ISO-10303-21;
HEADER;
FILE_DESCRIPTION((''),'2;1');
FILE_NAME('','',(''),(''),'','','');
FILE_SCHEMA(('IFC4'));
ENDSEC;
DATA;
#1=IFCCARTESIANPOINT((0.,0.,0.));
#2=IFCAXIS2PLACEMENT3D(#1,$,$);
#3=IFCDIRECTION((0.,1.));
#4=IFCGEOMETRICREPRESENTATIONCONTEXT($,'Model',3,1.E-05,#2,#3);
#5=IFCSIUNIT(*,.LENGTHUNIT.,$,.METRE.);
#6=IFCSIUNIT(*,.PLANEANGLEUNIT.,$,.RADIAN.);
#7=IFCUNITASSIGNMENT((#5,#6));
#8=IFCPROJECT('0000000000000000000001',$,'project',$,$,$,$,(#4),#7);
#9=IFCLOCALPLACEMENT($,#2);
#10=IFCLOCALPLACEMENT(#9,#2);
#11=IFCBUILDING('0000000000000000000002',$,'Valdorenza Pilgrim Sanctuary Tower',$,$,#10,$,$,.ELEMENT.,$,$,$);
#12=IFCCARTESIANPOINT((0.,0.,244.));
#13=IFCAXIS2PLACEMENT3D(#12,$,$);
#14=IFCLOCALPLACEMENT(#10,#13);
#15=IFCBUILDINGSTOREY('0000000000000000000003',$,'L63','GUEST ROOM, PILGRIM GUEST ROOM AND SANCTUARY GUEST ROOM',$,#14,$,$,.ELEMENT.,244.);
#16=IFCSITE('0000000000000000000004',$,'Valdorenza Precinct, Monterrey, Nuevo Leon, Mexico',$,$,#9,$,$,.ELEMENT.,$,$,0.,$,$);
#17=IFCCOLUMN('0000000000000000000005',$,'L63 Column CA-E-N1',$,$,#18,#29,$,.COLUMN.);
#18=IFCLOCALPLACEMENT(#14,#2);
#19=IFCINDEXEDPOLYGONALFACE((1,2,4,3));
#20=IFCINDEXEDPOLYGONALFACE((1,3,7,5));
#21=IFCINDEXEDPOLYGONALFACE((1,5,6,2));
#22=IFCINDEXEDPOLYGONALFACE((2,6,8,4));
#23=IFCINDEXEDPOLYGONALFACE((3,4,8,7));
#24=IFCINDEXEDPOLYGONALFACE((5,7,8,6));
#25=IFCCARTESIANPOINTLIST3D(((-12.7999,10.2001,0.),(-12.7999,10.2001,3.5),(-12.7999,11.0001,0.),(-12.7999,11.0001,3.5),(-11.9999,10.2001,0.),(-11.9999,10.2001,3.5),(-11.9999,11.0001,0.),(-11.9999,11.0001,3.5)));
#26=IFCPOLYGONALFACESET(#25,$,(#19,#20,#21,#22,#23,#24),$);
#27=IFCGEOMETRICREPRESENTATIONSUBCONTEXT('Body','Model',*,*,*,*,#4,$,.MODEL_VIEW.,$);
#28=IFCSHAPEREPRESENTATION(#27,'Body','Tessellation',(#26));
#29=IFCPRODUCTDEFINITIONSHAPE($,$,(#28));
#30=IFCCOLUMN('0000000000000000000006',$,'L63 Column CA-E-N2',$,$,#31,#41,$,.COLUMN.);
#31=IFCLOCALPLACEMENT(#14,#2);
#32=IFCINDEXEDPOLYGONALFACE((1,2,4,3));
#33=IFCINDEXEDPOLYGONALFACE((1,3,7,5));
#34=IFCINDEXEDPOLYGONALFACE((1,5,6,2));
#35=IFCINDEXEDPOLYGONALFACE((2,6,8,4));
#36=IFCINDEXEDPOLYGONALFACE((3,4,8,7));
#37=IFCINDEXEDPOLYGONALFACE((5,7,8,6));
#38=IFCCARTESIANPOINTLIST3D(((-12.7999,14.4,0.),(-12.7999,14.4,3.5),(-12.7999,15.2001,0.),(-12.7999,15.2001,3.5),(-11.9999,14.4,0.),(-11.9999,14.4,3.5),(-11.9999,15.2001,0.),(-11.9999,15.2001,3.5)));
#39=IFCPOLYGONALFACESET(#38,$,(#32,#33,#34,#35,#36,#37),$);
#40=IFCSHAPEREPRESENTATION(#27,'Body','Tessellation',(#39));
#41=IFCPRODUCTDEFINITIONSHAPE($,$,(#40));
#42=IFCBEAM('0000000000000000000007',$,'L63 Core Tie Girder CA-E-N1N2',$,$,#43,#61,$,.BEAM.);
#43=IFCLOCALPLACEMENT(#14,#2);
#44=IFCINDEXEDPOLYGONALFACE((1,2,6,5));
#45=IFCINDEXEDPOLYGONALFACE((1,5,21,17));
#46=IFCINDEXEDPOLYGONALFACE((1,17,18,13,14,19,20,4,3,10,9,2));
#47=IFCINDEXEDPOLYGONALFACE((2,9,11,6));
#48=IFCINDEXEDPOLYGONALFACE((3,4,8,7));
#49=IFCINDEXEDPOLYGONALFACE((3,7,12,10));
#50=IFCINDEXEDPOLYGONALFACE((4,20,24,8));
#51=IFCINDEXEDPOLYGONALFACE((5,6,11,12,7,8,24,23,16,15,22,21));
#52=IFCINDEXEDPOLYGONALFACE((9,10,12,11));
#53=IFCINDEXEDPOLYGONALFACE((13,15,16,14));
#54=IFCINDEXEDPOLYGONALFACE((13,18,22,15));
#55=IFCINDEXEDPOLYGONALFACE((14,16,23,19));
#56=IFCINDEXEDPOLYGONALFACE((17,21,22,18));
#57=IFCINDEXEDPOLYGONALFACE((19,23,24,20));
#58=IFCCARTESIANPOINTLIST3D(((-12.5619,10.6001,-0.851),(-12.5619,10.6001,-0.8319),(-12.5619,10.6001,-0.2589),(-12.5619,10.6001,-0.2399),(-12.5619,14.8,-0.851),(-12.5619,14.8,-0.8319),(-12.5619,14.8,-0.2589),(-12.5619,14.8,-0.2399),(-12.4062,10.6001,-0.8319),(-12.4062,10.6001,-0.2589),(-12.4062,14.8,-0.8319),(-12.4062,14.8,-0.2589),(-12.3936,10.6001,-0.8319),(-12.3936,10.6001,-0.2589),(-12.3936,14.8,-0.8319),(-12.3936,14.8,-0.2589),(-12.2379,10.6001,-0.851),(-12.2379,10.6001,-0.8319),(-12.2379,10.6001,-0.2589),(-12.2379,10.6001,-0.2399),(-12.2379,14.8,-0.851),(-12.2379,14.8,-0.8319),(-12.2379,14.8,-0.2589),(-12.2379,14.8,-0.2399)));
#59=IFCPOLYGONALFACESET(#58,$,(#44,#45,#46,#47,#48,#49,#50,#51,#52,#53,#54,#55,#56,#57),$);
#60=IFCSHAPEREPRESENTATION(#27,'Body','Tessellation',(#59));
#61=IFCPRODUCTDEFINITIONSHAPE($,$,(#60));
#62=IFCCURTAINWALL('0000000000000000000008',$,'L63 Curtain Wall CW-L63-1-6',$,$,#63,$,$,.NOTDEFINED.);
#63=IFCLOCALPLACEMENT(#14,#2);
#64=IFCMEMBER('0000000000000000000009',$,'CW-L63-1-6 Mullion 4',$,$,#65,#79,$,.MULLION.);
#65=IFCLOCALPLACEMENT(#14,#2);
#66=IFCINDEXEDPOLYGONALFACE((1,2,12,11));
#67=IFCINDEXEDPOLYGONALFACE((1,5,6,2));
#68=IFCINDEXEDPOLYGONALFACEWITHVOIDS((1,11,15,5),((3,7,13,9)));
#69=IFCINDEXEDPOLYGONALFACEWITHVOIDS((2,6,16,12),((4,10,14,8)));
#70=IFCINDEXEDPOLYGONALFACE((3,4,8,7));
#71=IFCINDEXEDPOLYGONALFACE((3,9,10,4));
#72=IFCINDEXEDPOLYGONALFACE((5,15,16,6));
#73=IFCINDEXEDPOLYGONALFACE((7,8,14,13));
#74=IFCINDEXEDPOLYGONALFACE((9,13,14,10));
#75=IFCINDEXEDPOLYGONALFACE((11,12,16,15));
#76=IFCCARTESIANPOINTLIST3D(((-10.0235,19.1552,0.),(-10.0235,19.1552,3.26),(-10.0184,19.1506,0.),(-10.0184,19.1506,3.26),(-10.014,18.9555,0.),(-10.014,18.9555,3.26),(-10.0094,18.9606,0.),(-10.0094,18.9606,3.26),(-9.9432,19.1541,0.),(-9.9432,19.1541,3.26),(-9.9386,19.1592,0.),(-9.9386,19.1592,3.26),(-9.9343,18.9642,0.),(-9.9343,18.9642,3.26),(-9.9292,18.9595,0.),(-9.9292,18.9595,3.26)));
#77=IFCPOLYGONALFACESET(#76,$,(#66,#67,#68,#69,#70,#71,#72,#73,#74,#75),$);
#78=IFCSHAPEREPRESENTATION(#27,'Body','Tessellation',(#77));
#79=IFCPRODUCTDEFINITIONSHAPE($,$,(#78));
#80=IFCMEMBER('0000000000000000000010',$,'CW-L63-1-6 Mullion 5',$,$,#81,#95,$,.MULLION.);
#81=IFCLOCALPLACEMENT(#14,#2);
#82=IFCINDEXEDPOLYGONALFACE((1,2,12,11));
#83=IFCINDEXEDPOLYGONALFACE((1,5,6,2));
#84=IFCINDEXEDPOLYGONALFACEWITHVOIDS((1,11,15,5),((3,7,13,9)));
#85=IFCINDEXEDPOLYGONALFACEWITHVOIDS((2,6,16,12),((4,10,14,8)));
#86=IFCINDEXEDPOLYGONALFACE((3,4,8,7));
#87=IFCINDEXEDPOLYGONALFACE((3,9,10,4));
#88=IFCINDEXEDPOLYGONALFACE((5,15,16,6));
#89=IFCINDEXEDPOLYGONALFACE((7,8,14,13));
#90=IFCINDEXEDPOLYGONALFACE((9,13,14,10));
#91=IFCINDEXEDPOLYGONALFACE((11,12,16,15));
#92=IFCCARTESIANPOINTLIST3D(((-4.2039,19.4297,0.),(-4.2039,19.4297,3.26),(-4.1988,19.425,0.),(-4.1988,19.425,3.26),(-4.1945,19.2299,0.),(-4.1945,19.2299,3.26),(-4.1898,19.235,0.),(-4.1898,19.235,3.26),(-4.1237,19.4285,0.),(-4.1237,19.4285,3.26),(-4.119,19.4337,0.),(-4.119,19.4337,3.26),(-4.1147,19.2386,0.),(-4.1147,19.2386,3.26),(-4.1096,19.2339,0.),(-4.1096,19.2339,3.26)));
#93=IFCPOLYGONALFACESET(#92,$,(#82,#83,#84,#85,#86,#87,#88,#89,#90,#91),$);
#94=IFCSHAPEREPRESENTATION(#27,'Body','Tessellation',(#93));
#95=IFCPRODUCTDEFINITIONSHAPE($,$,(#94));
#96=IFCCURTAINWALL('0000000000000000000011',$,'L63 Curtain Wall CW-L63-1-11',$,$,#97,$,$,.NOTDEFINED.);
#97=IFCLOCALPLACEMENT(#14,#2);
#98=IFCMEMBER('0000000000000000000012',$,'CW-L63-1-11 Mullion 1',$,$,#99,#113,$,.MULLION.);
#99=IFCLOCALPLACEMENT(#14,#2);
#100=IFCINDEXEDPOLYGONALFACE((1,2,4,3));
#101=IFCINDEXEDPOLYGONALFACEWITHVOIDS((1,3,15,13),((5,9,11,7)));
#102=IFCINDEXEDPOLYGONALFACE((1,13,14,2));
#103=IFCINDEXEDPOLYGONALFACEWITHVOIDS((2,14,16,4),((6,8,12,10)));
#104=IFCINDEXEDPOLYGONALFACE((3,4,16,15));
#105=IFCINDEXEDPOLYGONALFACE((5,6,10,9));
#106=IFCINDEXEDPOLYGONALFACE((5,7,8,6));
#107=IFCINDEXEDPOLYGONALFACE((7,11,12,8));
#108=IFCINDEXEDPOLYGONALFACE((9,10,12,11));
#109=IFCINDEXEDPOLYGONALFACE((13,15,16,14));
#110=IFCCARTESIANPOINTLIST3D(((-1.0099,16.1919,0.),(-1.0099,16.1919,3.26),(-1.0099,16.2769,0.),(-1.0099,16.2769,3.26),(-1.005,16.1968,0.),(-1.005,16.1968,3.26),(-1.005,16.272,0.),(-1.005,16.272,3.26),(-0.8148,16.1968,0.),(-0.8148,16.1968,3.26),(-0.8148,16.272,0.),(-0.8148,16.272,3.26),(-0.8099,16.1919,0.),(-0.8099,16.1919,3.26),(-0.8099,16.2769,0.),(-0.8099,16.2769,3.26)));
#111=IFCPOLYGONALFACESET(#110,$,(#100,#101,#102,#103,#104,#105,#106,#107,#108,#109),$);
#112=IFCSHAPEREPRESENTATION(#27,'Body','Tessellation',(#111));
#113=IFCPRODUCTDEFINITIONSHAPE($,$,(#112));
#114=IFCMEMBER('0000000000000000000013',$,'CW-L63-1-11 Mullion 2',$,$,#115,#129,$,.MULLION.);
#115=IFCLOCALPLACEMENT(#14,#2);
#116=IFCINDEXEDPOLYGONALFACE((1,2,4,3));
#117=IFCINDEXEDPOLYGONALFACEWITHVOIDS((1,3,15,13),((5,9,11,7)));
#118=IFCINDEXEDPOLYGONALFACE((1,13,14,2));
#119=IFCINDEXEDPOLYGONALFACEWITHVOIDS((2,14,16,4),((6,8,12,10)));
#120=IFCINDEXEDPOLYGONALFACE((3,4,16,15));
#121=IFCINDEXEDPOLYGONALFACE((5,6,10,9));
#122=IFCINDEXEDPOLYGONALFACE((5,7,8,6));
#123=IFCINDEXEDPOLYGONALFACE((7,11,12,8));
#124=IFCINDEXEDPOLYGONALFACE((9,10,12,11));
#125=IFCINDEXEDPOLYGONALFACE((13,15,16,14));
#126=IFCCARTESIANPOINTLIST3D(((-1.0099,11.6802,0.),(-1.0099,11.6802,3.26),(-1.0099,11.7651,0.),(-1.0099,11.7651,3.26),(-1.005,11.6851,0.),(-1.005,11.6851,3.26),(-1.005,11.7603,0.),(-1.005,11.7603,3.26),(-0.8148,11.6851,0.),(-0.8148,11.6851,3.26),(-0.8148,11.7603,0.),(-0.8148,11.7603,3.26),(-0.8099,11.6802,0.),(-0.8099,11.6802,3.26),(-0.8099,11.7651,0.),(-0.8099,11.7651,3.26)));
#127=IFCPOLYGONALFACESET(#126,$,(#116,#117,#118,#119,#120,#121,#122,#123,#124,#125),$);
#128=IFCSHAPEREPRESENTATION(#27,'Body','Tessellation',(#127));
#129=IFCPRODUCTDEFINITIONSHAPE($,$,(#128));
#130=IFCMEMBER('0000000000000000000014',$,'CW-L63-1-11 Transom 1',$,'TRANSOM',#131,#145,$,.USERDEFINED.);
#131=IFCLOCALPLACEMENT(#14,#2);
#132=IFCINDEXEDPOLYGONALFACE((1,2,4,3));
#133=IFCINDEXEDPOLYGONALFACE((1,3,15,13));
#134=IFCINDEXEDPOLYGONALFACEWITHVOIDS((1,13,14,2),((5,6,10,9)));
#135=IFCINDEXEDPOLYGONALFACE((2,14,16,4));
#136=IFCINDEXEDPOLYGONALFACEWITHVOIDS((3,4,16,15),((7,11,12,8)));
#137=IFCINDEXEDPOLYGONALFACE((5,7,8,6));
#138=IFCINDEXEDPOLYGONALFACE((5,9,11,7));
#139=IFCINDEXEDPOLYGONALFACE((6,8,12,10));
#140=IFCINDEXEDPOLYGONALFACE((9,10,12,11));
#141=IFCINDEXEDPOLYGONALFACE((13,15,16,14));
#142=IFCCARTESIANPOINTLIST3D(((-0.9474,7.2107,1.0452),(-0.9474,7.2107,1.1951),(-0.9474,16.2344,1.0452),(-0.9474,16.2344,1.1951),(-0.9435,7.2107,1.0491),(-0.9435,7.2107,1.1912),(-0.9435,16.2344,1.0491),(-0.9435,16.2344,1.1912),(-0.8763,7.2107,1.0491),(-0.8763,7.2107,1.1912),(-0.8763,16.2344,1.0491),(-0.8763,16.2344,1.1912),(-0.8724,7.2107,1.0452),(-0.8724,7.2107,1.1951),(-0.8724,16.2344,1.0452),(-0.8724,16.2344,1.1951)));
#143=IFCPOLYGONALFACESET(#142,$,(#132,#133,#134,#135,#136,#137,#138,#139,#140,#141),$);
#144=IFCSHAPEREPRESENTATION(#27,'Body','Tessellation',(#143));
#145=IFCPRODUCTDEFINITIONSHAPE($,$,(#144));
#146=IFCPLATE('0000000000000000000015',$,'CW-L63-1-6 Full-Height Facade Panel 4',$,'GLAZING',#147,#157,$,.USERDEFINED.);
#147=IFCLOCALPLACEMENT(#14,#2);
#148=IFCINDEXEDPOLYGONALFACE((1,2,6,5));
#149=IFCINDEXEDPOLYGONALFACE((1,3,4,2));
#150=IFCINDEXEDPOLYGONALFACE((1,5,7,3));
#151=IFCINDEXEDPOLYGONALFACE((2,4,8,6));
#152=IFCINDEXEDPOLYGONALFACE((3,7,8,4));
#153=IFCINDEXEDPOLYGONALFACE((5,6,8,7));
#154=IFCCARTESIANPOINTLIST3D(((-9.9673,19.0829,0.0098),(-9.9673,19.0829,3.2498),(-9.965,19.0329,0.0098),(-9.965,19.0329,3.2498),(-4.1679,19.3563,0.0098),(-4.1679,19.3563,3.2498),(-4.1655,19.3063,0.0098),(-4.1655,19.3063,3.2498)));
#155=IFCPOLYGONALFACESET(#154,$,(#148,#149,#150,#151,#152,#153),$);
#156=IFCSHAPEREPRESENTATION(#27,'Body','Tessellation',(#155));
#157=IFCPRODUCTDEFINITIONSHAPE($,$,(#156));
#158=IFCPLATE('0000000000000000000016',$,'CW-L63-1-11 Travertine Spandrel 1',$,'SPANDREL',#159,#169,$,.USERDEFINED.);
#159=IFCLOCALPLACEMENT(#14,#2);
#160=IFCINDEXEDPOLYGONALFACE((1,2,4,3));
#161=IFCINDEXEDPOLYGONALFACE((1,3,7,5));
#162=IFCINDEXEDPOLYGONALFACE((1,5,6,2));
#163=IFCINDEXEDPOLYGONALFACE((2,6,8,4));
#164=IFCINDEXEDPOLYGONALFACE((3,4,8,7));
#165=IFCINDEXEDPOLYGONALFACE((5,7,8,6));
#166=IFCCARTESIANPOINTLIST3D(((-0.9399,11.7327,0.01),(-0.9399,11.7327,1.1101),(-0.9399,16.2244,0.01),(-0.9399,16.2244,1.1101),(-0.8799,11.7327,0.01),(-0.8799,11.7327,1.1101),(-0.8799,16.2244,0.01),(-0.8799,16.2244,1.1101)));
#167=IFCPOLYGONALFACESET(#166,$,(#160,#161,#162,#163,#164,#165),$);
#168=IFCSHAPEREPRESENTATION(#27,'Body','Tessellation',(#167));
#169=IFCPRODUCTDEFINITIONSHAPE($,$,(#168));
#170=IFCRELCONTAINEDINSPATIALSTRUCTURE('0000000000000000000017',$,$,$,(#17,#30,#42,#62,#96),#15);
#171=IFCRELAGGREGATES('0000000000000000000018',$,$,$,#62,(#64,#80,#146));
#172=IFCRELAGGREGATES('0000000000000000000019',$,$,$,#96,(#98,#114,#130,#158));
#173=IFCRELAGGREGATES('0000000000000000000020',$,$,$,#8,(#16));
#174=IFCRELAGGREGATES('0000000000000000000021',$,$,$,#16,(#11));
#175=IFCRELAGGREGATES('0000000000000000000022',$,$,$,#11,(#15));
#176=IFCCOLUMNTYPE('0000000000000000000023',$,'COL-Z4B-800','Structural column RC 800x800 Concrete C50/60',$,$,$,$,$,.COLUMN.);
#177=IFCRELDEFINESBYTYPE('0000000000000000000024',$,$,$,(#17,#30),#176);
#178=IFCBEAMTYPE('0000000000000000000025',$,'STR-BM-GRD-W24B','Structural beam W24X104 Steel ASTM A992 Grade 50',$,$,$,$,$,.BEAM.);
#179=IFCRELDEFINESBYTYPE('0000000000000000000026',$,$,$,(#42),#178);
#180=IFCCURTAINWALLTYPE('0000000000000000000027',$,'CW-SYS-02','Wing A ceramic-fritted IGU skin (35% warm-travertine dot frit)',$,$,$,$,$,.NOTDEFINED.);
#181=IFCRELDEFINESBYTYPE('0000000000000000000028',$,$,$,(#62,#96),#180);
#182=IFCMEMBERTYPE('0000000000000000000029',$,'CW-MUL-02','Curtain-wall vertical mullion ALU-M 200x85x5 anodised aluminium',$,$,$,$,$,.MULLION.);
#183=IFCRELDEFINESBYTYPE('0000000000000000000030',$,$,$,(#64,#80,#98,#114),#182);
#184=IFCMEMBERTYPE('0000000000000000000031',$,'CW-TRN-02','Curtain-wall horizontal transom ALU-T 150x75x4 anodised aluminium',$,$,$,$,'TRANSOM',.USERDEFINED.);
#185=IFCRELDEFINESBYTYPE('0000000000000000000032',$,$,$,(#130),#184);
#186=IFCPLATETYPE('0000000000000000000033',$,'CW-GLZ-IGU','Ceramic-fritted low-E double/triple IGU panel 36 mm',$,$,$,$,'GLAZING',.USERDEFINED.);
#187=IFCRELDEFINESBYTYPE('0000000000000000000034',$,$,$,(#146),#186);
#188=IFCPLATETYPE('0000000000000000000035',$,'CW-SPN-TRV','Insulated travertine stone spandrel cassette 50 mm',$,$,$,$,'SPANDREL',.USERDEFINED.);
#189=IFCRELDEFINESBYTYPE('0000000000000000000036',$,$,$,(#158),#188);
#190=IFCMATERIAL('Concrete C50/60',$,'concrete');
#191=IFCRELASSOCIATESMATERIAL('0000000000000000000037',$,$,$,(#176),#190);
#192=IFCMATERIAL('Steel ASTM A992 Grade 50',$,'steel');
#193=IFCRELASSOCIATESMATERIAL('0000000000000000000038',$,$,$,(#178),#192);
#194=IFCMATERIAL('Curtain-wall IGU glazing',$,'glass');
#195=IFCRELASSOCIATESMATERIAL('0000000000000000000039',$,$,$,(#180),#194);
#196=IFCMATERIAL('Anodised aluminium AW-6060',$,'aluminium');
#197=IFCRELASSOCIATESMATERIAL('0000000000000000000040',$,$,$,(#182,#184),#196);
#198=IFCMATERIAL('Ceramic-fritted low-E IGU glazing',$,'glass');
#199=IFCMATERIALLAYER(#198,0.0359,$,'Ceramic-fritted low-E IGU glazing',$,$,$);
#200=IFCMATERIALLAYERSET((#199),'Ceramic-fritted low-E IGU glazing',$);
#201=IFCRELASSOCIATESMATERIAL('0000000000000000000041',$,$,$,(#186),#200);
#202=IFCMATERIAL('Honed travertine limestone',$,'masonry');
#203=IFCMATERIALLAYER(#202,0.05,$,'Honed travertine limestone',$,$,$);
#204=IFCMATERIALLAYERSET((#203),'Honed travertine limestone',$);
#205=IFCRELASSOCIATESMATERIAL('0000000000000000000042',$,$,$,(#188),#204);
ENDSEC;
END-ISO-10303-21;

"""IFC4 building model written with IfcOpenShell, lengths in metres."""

from ifc_helpers import new_model, si_unit, direction, frame, origin, origin_2d, place, context, subcontext, project, spatial, rectangle, hollow_rectangle, i_section, extrude, source, transform, mapped, material, layer, layer_set, material_profile, profile_set, type_object, element, aggregate, save


model = new_model("IFC4")

# Units and contexts
model_context = context("Model", 3, precision=1e-05, world=origin(), true_north=direction((0.0, 1.0)))
body_context = subcontext(model_context, "Body", "Model", "MODEL_VIEW")
ifc_project = project(units=[si_unit("LENGTHUNIT", "METRE"), si_unit("PLANEANGLEUNIT", "RADIAN")], contexts=[model_context])

# Site, building, storey
site_placement = place(None, origin())
site = spatial("IfcSite", under=ifc_project, at=site_placement, Name="Valdorenza Precinct, Monterrey, Nuevo Leon, Mexico", CompositionType="ELEMENT", RefElevation=0.0)
building_placement = place(site_placement, origin())
building = spatial("IfcBuilding", under=site, at=building_placement, Name="Valdorenza Pilgrim Sanctuary Tower", CompositionType="ELEMENT")
storey_placement = place(building_placement, frame((0.0, 0.0, 244.0)))
storey = spatial("IfcBuildingStorey", under=building, at=storey_placement, Name="L63", Description="GUEST ROOM, PILGRIM GUEST ROOM AND SANCTUARY GUEST ROOM", CompositionType="ELEMENT", Elevation=244.0)

# Columns
ifc_material_1 = material(Name="Concrete C50/60", Category="concrete")
ifc_material_profile_1 = material_profile(ifc_material_1, rectangle(XDim=0.8, YDim=0.8, at=origin_2d()), Name="RC 800x800")
ifc_profile_set_1 = profile_set([ifc_material_profile_1], Name="Concrete C50/60")
column_type = type_object("IfcColumnType", Name="COL-Z4B-800", Description="Structural column RC 800x800 Concrete C50/60", PredefinedType="COLUMN", material=ifc_profile_set_1)
shared_shape_1 = source(origin(), body_context, "Body", "SweptSolid", [
    extrude(rectangle(XDim=0.8, YDim=0.8, at=origin_2d()), origin(), (0.0, 0.0, 1.0), 3.5),
])
for number, where, z_axis, x_axis, name in (
    (1, (-12.3999, 10.6001, 0.0), (0.0, 0.0, 1.0), (1.0, 0.0, 0.0), "L63 Column CA-E-N1"),
    (2, (-12.3999, 14.8, 0.0), (0.0, 0.0, 1.0), (1.0, 0.0, 0.0), "L63 Column CA-E-N2"),
):
    element("IfcColumn", number, at=place(storey_placement, frame(where, z_axis=z_axis, x_axis=x_axis)), inside=storey, type_object=column_type, Name=name, PredefinedType="COLUMN", context=body_context, shape_type="MappedRepresentation", body=[
        mapped(shared_shape_1, transform((0.0, 0.0, 0.0), x_axis=(1.0, 0.0, 0.0), y_axis=(0.0, 1.0, 0.0), z_axis=(0.0, 0.0, 1.0), scale=1.0)),
    ])

# Beam
ifc_material_2 = material(Name="Steel ASTM A992 Grade 50", Category="steel")
ifc_material_profile_2 = material_profile(ifc_material_2, i_section(OverallWidth=0.324, OverallDepth=0.6111, WebThickness=0.0127, FlangeThickness=0.019, at=origin_2d()), Name="W24X104")
ifc_profile_set_2 = profile_set([ifc_material_profile_2], Name="Steel ASTM A992 Grade 50")
beam_type = type_object("IfcBeamType", Name="STR-BM-GRD-W24B", Description="Structural beam W24X104 Steel ASTM A992 Grade 50", PredefinedType="BEAM", material=ifc_profile_set_2)
shared_shape_2 = source(origin(), body_context, "Body", "SweptSolid", [
    extrude(i_section(OverallWidth=0.324, OverallDepth=0.6111, WebThickness=0.0127, FlangeThickness=0.019, at=origin_2d()), origin(), (0.0, 0.0, 1.0), 4.2),
])
beam_placement = place(storey_placement, frame((-12.3999, 10.6001, -0.5454), z_axis=(0.0, 1.0, 0.0), x_axis=(-1.0, 0.0, 0.0)))
element("IfcBeam", 3, at=beam_placement, inside=storey, type_object=beam_type, Name="L63 Core Tie Girder CA-E-N1N2", PredefinedType="BEAM", context=body_context, shape_type="MappedRepresentation", body=[
    mapped(shared_shape_2, transform((0.0, 0.0, 0.0), x_axis=(1.0, 0.0, 0.0), y_axis=(0.0, 1.0, 0.0), z_axis=(0.0, 0.0, 1.0), scale=1.0)),
])

# Curtain walls, members
ifc_material_3 = material(Name="Curtain-wall IGU glazing", Category="glass")
curtain_wall_type = type_object("IfcCurtainWallType", Name="CW-SYS-02", Description="Wing A ceramic-fritted IGU skin (35% warm-travertine dot frit)", PredefinedType="NOTDEFINED", material=ifc_material_3)
curtain_wall_1_placement = place(storey_placement, origin())
curtain_wall_1 = element("IfcCurtainWall", 4, at=curtain_wall_1_placement, inside=storey, type_object=curtain_wall_type, Name="L63 Curtain Wall CW-L63-1-6", PredefinedType="NOTDEFINED")
ifc_material_4 = material(Name="Anodised aluminium AW-6060", Category="aluminium")
ifc_material_profile_3 = material_profile(ifc_material_4, hollow_rectangle(XDim=0.085, YDim=0.2, WallThickness=0.0049, at=origin_2d()), Name="ALU-M 200x85x5")
ifc_profile_set_3 = profile_set([ifc_material_profile_3], Name="Anodised aluminium AW-6060")
member_type_1 = type_object("IfcMemberType", Name="CW-MUL-02", Description="Curtain-wall vertical mullion ALU-M 200x85x5 anodised aluminium", PredefinedType="MULLION", material=ifc_profile_set_3)
shared_shape_3 = source(origin(), body_context, "Body", "SweptSolid", [
    extrude(hollow_rectangle(XDim=0.085, YDim=0.2, WallThickness=0.0049, at=origin_2d()), origin(), (0.0, 0.0, 1.0), 3.26),
])
member_1_placement = place(storey_placement, frame((-9.9763, 19.0574, 0.0), z_axis=(0.0, 0.0, 1.0), x_axis=(0.998891, 0.047089, 0.0)))
member_1 = element("IfcMember", 5, at=member_1_placement, type_object=member_type_1, Name="CW-L63-1-6 Mullion 4", PredefinedType="MULLION", context=body_context, shape_type="MappedRepresentation", body=[
    mapped(shared_shape_3, transform((0.0, 0.0, 0.0), x_axis=(1.0, 0.0, 0.0), y_axis=(0.0, 1.0, 0.0), z_axis=(0.0, 0.0, 1.0), scale=1.0)),
])
member_2_placement = place(storey_placement, frame((-4.1567, 19.3318, 0.0), z_axis=(0.0, 0.0, 1.0), x_axis=(0.998891, 0.047089, 0.0)))
member_2 = element("IfcMember", 6, at=member_2_placement, type_object=member_type_1, Name="CW-L63-1-6 Mullion 5", PredefinedType="MULLION", context=body_context, shape_type="MappedRepresentation", body=[
    mapped(shared_shape_3, transform((0.0, 0.0, 0.0), x_axis=(1.0, 0.0, 0.0), y_axis=(0.0, 1.0, 0.0), z_axis=(0.0, 0.0, 1.0), scale=1.0)),
])
curtain_wall_2_placement = place(storey_placement, origin())
curtain_wall_2 = element("IfcCurtainWall", 7, at=curtain_wall_2_placement, inside=storey, type_object=curtain_wall_type, Name="L63 Curtain Wall CW-L63-1-11", PredefinedType="NOTDEFINED")
member_3_placement = place(storey_placement, frame((-0.9099, 16.2344, 0.0), z_axis=(0.0, 0.0, 1.0), x_axis=(0.0, -1.0, 0.0)))
member_3 = element("IfcMember", 8, at=member_3_placement, type_object=member_type_1, Name="CW-L63-1-11 Mullion 1", PredefinedType="MULLION", context=body_context, shape_type="MappedRepresentation", body=[
    mapped(shared_shape_3, transform((0.0, 0.0, 0.0), x_axis=(1.0, 0.0, 0.0), y_axis=(0.0, 1.0, 0.0), z_axis=(0.0, 0.0, 1.0), scale=1.0)),
])
member_4_placement = place(storey_placement, frame((-0.9099, 11.7227, 0.0), z_axis=(0.0, 0.0, 1.0), x_axis=(0.0, -1.0, 0.0)))
member_4 = element("IfcMember", 9, at=member_4_placement, type_object=member_type_1, Name="CW-L63-1-11 Mullion 2", PredefinedType="MULLION", context=body_context, shape_type="MappedRepresentation", body=[
    mapped(shared_shape_3, transform((0.0, 0.0, 0.0), x_axis=(1.0, 0.0, 0.0), y_axis=(0.0, 1.0, 0.0), z_axis=(0.0, 0.0, 1.0), scale=1.0)),
])
ifc_material_profile_4 = material_profile(ifc_material_4, hollow_rectangle(XDim=0.075, YDim=0.1499, WallThickness=0.0039, at=origin_2d()), Name="ALU-T 150x75x4")
ifc_profile_set_4 = profile_set([ifc_material_profile_4], Name="Anodised aluminium AW-6060")
member_type_2 = type_object("IfcMemberType", Name="CW-TRN-02", Description="Curtain-wall horizontal transom ALU-T 150x75x4 anodised aluminium", ElementType="TRANSOM", PredefinedType="USERDEFINED", material=ifc_profile_set_4)
shared_shape_4 = source(origin(), body_context, "Body", "SweptSolid", [
    extrude(hollow_rectangle(XDim=0.075, YDim=0.1499, WallThickness=0.0039, at=origin_2d()), origin(), (0.0, 0.0, 1.0), 9.0237),
])
member_5_placement = place(storey_placement, frame((-0.9099, 16.2344, 1.1201), z_axis=(0.0, -1.0, 0.0), x_axis=(1.0, 0.0, 0.0)))
member_5 = element("IfcMember", 10, at=member_5_placement, type_object=member_type_2, Name="CW-L63-1-11 Transom 1", ObjectType="TRANSOM", PredefinedType="USERDEFINED", context=body_context, shape_type="MappedRepresentation", body=[
    mapped(shared_shape_4, transform((0.0, 0.0, 0.0), x_axis=(1.0, 0.0, 0.0), y_axis=(0.0, 1.0, 0.0), z_axis=(0.0, 0.0, 1.0), scale=1.0)),
])

# Plates
ifc_material_5 = material(Name="Ceramic-fritted low-E IGU glazing", Category="glass")
ifc_layer_1 = layer(ifc_material_5, 0.0359, Name="Ceramic-fritted low-E IGU glazing")
ifc_layer_set_1 = layer_set([ifc_layer_1], Name="Ceramic-fritted low-E IGU glazing")
plate_type_1 = type_object("IfcPlateType", Name="CW-GLZ-IGU", Description="Ceramic-fritted low-E double/triple IGU panel 36 mm", ElementType="GLAZING", PredefinedType="USERDEFINED", material=ifc_layer_set_1)
shared_shape_5 = source(origin(), body_context, "Body", "SweptSolid", [
    extrude(rectangle(XDim=5.8059, YDim=0.05, at=origin_2d()), origin(), (0.0, 0.0, 1.0), 3.24),
])
plate_1_placement = place(storey_placement, frame((-7.0664, 19.1946, 0.0098), z_axis=(0.0, 0.0, 1.0), x_axis=(0.998891, 0.047089, 0.0)))
plate_1 = element("IfcPlate", 11, at=plate_1_placement, type_object=plate_type_1, Name="CW-L63-1-6 Full-Height Facade Panel 4", ObjectType="GLAZING", PredefinedType="USERDEFINED", context=body_context, shape_type="MappedRepresentation", body=[
    mapped(shared_shape_5, transform((0.0, 0.0, 0.0), x_axis=(1.0, 0.0, 0.0), y_axis=(0.0, 1.0, 0.0), z_axis=(0.0, 0.0, 1.0), scale=1.0)),
])
aggregate(curtain_wall_1, [member_1, member_2, plate_1])
ifc_material_6 = material(Name="Honed travertine limestone", Category="masonry")
ifc_layer_2 = layer(ifc_material_6, 0.05, Name="Honed travertine limestone")
ifc_layer_set_2 = layer_set([ifc_layer_2], Name="Honed travertine limestone")
plate_type_2 = type_object("IfcPlateType", Name="CW-SPN-TRV", Description="Insulated travertine stone spandrel cassette 50 mm", ElementType="SPANDREL", PredefinedType="USERDEFINED", material=ifc_layer_set_2)
shared_shape_6 = source(origin(), body_context, "Body", "SweptSolid", [
    extrude(rectangle(XDim=4.4917, YDim=0.0601, at=origin_2d()), origin(), (0.0, 0.0, 1.0), 1.1001),
])
plate_2_placement = place(storey_placement, frame((-0.9099, 13.9785, 0.01), z_axis=(0.0, 0.0, 1.0), x_axis=(0.0, -1.0, 0.0)))
plate_2 = element("IfcPlate", 12, at=plate_2_placement, type_object=plate_type_2, Name="CW-L63-1-11 Travertine Spandrel 1", ObjectType="SPANDREL", PredefinedType="USERDEFINED", context=body_context, shape_type="MappedRepresentation", body=[
    mapped(shared_shape_6, transform((0.0, 0.0, 0.0), x_axis=(1.0, 0.0, 0.0), y_axis=(0.0, 1.0, 0.0), z_axis=(0.0, 0.0, 1.0), scale=1.0)),
])
aggregate(curtain_wall_2, [member_3, member_4, member_5, plate_2])

save(model, "model.ifc")
